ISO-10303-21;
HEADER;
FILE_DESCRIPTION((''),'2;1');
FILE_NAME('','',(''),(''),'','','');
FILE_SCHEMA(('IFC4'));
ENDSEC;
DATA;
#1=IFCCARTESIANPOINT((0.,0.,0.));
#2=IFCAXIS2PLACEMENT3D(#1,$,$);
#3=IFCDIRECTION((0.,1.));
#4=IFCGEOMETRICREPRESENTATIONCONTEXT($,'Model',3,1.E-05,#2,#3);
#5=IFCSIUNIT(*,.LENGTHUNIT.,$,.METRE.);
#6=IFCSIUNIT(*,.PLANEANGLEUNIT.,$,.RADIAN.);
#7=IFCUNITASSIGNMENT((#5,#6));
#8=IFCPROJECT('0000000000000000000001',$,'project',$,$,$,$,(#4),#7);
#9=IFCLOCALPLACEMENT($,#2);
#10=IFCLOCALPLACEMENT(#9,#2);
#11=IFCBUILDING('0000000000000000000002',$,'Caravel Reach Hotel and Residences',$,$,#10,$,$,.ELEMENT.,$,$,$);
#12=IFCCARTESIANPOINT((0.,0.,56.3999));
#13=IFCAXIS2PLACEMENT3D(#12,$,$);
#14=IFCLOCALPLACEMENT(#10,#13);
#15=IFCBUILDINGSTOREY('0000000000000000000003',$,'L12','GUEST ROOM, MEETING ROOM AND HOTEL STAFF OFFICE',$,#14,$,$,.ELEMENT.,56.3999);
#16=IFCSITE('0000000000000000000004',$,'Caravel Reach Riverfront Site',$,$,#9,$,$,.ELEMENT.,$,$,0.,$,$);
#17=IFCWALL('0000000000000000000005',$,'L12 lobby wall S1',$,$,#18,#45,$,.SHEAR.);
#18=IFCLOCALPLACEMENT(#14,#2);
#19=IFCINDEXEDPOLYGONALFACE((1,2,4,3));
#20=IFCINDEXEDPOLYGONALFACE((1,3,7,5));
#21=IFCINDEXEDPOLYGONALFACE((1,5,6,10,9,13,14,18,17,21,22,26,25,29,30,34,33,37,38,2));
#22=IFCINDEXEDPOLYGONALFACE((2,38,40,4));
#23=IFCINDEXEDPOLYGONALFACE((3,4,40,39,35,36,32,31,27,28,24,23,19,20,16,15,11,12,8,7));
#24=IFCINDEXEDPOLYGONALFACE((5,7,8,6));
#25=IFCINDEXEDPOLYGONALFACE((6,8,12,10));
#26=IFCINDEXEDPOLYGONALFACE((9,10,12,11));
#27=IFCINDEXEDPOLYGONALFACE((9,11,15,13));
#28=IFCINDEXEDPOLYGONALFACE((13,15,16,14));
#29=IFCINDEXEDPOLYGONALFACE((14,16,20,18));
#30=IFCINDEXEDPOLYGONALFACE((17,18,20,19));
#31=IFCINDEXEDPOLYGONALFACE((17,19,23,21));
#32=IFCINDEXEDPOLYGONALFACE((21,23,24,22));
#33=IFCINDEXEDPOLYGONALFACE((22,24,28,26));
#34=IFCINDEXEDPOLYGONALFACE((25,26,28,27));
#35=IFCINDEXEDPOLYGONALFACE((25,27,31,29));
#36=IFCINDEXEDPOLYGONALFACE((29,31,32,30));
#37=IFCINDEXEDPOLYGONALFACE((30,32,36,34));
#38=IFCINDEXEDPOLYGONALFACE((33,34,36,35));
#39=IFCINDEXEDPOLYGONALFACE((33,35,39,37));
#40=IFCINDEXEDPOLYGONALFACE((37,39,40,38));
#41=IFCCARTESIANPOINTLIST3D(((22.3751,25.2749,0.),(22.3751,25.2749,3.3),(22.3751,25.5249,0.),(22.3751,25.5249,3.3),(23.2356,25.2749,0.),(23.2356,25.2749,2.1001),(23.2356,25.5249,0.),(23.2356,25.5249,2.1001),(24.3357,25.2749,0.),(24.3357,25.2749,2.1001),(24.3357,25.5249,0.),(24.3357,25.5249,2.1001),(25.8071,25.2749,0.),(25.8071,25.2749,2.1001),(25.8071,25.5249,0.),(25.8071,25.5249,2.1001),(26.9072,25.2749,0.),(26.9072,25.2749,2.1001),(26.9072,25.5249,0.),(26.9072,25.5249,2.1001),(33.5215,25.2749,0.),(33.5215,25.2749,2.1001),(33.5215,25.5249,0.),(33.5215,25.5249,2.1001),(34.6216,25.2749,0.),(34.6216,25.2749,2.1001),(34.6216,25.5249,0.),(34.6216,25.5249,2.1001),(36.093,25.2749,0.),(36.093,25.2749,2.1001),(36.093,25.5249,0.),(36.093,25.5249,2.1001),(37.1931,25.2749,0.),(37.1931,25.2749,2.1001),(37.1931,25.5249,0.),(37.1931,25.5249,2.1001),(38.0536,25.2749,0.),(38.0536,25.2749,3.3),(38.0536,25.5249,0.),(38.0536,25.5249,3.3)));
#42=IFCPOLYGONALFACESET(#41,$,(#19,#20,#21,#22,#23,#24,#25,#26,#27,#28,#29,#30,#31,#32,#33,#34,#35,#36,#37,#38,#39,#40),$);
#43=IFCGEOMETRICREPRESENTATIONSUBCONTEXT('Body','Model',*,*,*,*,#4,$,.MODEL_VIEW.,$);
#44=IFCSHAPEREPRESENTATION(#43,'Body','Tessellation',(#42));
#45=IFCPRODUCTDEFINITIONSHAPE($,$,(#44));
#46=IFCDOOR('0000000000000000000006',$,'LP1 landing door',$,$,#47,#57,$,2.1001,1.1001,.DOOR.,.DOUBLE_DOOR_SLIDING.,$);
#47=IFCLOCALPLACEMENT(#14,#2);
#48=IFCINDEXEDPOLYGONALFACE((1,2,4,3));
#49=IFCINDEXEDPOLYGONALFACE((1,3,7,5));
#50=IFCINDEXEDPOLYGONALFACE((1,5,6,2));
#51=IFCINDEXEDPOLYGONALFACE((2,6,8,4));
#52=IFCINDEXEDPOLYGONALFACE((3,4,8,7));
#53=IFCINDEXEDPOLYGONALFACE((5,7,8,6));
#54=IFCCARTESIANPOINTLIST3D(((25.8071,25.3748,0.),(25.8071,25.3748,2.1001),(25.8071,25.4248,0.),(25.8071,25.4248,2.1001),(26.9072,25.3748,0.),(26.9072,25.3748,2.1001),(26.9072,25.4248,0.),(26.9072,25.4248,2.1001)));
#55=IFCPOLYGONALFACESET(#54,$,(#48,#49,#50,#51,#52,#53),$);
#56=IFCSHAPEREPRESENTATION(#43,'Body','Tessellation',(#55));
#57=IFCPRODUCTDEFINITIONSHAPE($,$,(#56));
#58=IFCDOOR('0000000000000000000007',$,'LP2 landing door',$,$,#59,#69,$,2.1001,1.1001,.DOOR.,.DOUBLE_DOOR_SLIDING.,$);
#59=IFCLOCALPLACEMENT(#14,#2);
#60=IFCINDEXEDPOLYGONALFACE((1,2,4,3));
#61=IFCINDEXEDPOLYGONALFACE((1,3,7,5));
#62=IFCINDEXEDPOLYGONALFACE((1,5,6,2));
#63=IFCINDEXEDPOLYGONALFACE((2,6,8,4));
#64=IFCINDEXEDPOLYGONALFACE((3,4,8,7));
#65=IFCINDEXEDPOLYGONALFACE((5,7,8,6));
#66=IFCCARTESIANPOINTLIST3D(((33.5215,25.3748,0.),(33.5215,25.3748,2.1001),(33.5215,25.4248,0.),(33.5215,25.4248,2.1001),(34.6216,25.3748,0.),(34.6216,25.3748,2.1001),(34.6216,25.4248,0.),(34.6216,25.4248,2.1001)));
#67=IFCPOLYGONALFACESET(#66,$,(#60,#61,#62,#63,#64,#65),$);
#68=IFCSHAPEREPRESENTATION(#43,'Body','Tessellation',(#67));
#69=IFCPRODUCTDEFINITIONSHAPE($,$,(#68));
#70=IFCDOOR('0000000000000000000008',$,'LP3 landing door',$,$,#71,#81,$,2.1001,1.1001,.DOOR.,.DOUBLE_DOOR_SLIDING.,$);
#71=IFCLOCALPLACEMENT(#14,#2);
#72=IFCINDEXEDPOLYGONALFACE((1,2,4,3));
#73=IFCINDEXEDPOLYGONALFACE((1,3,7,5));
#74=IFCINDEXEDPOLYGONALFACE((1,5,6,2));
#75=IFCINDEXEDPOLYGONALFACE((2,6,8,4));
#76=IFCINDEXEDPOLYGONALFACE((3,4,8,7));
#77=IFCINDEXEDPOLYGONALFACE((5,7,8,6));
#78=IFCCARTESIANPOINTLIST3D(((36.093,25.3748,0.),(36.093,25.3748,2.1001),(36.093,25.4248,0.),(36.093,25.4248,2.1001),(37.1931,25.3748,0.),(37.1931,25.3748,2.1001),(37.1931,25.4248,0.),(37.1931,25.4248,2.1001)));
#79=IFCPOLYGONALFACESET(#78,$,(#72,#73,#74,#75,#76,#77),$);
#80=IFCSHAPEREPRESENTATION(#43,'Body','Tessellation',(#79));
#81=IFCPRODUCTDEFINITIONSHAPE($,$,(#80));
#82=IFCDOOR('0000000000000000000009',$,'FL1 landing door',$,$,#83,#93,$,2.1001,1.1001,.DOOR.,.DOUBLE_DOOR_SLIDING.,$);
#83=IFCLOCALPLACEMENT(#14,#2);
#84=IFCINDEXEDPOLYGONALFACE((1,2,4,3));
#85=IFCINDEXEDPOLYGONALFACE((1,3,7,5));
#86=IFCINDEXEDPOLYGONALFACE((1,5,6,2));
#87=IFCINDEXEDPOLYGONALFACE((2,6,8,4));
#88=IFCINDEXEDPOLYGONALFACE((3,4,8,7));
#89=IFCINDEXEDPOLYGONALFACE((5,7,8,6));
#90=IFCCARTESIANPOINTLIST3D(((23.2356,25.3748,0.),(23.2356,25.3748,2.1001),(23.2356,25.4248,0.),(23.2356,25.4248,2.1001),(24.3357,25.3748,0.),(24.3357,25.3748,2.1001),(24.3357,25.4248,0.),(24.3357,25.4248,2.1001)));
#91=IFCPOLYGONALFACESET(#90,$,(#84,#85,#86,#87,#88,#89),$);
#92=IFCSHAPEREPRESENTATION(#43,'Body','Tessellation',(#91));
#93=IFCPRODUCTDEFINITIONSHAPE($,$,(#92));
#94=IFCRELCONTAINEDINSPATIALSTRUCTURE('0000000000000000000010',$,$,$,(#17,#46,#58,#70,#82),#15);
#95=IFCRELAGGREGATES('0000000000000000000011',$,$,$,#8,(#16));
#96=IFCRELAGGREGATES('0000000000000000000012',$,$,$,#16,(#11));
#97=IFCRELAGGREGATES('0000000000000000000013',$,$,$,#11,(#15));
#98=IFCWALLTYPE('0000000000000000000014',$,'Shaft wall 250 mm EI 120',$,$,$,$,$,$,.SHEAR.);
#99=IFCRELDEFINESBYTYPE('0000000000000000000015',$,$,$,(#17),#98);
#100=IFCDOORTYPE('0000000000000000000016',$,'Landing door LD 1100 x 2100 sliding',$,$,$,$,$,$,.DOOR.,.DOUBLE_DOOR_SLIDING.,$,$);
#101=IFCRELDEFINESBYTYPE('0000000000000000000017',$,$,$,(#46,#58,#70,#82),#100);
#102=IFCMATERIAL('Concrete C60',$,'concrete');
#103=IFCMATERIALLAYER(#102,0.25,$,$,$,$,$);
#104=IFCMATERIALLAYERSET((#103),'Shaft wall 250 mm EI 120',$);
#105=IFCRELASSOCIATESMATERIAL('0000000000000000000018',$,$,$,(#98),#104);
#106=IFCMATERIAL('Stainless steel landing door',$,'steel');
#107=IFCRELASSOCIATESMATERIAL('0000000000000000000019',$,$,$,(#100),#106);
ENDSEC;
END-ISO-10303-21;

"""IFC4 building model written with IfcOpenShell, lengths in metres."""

from ifc_helpers import new_model, si_unit, direction, frame, frame_2d, origin, place, context, subcontext, project, spatial, rectangle, extrude, material, layer, layer_set, type_object, element, fill, save


model = new_model("IFC4")

# Units and contexts
model_context = context("Model", 3, precision=1e-05, world=origin(), true_north=direction((0.0, 1.0)))
body_context = subcontext(model_context, "Body", "Model", "MODEL_VIEW")
ifc_project = project(units=[si_unit("LENGTHUNIT", "METRE"), si_unit("PLANEANGLEUNIT", "RADIAN")], contexts=[model_context])

# Site, building, storey
site_placement = place(None, origin())
site = spatial("IfcSite", under=ifc_project, at=site_placement, Name="Caravel Reach Riverfront Site", CompositionType="ELEMENT", RefElevation=0.0)
building_placement = place(site_placement, origin())
building = spatial("IfcBuilding", under=site, at=building_placement, Name="Caravel Reach Hotel and Residences", CompositionType="ELEMENT")
storey_placement = place(building_placement, frame((0.0, 0.0, 56.3999)))
storey = spatial("IfcBuildingStorey", under=building, at=storey_placement, Name="L12", Description="GUEST ROOM, MEETING ROOM AND HOTEL STAFF OFFICE", CompositionType="ELEMENT", Elevation=56.3999)

# Wall, openings, doors
ifc_material_1 = material(Name="Concrete C60", Category="concrete")
ifc_layer_1 = layer(ifc_material_1, 0.25)
ifc_layer_set_1 = layer_set([ifc_layer_1], Name="Shaft wall 250 mm EI 120")
wall_type_1 = type_object("IfcWallType", Name="Shaft wall 250 mm EI 120", PredefinedType="SHEAR", material=ifc_layer_set_1)
wall_1_placement = place(storey_placement, frame((22.375, 25.3999, 0.0), z_axis=(0.0, 0.0, 1.0), x_axis=(1.0, 0.0, 0.0)))
wall_1 = element("IfcWall", 1, at=wall_1_placement, inside=storey, type_object=wall_type_1, Name="L12 lobby wall S1", PredefinedType="SHEAR", context=body_context, shape_type="SweptSolid", body=[
    extrude(rectangle(XDim=15.6785, YDim=0.25, at=frame_2d((7.8394, 0.0))), origin(), (0.0, 0.0, 1.0), 3.3),
])
opening_1_placement = place(wall_1_placement, frame((3.4321, 0.0, 0.0)))
opening_1 = element("IfcOpeningElement", 2, at=opening_1_placement, cuts=wall_1, PredefinedType="OPENING", context=body_context, shape_type="SweptSolid", body=[
    extrude(rectangle(XDim=1.1001, YDim=2.1001, at=frame_2d((0.55, 1.05))), frame((0.0, 0.135, 0.0), z_axis=(0.0, -1.0, 0.0), x_axis=(1.0, 0.0, 0.0)), (0.0, 0.0, 1.0), 0.27),
])
opening_2_placement = place(wall_1_placement, frame((11.1465, 0.0, 0.0)))
opening_2 = element("IfcOpeningElement", 3, at=opening_2_placement, cuts=wall_1, PredefinedType="OPENING", context=body_context, shape_type="SweptSolid", body=[
    extrude(rectangle(XDim=1.1001, YDim=2.1001, at=frame_2d((0.55, 1.05))), frame((0.0, 0.135, 0.0), z_axis=(0.0, -1.0, 0.0), x_axis=(1.0, 0.0, 0.0)), (0.0, 0.0, 1.0), 0.27),
])
opening_3_placement = place(wall_1_placement, frame((13.718, 0.0, 0.0)))
opening_3 = element("IfcOpeningElement", 4, at=opening_3_placement, cuts=wall_1, PredefinedType="OPENING", context=body_context, shape_type="SweptSolid", body=[
    extrude(rectangle(XDim=1.1001, YDim=2.1001, at=frame_2d((0.55, 1.05))), frame((0.0, 0.135, 0.0), z_axis=(0.0, -1.0, 0.0), x_axis=(1.0, 0.0, 0.0)), (0.0, 0.0, 1.0), 0.27),
])
opening_4_placement = place(wall_1_placement, frame((0.8606, 0.0, 0.0)))
opening_4 = element("IfcOpeningElement", 5, at=opening_4_placement, cuts=wall_1, PredefinedType="OPENING", context=body_context, shape_type="SweptSolid", body=[
    extrude(rectangle(XDim=1.1001, YDim=2.1001, at=frame_2d((0.55, 1.05))), frame((0.0, 0.135, 0.0), z_axis=(0.0, -1.0, 0.0), x_axis=(1.0, 0.0, 0.0)), (0.0, 0.0, 1.0), 0.27),
])
ifc_material_2 = material(Name="Stainless steel landing door", Category="steel")
door_type_1 = type_object("IfcDoorType", Name="Landing door LD 1100 x 2100 sliding", OperationType="DOUBLE_DOOR_SLIDING", PredefinedType="DOOR", material=ifc_material_2)
door_1_placement = place(opening_1_placement, origin())
door_1 = element("IfcDoor", 6, at=door_1_placement, inside=storey, type_object=door_type_1, Name="LP1 landing door", OperationType="DOUBLE_DOOR_SLIDING", OverallHeight=2.1001, OverallWidth=1.1001, PredefinedType="DOOR", context=body_context, shape_type="SweptSolid", body=[
    extrude(rectangle(XDim=1.1001, YDim=2.1001, at=frame_2d((0.55, 1.05))), frame((0.0, 0.0249, 0.0), z_axis=(0.0, -1.0, 0.0), x_axis=(1.0, 0.0, 0.0)), (0.0, 0.0, 1.0), 0.05),
])
fill(opening_1, door_1)
door_2_placement = place(opening_2_placement, origin())
door_2 = element("IfcDoor", 7, at=door_2_placement, inside=storey, type_object=door_type_1, Name="LP2 landing door", OperationType="DOUBLE_DOOR_SLIDING", OverallHeight=2.1001, OverallWidth=1.1001, PredefinedType="DOOR", context=body_context, shape_type="SweptSolid", body=[
    extrude(rectangle(XDim=1.1001, YDim=2.1001, at=frame_2d((0.55, 1.05))), frame((0.0, 0.0249, 0.0), z_axis=(0.0, -1.0, 0.0), x_axis=(1.0, 0.0, 0.0)), (0.0, 0.0, 1.0), 0.05),
])
fill(opening_2, door_2)
door_3_placement = place(opening_3_placement, origin())
door_3 = element("IfcDoor", 8, at=door_3_placement, inside=storey, type_object=door_type_1, Name="LP3 landing door", OperationType="DOUBLE_DOOR_SLIDING", OverallHeight=2.1001, OverallWidth=1.1001, PredefinedType="DOOR", context=body_context, shape_type="SweptSolid", body=[
    extrude(rectangle(XDim=1.1001, YDim=2.1001, at=frame_2d((0.55, 1.05))), frame((0.0, 0.0249, 0.0), z_axis=(0.0, -1.0, 0.0), x_axis=(1.0, 0.0, 0.0)), (0.0, 0.0, 1.0), 0.05),
])
fill(opening_3, door_3)
door_4_placement = place(opening_4_placement, origin())
door_4 = element("IfcDoor", 9, at=door_4_placement, inside=storey, type_object=door_type_1, Name="FL1 landing door", OperationType="DOUBLE_DOOR_SLIDING", OverallHeight=2.1001, OverallWidth=1.1001, PredefinedType="DOOR", context=body_context, shape_type="SweptSolid", body=[
    extrude(rectangle(XDim=1.1001, YDim=2.1001, at=frame_2d((0.55, 1.05))), frame((0.0, 0.0249, 0.0), z_axis=(0.0, -1.0, 0.0), x_axis=(1.0, 0.0, 0.0)), (0.0, 0.0, 1.0), 0.05),
])
fill(opening_4, door_4)

save(model, "model.ifc")
